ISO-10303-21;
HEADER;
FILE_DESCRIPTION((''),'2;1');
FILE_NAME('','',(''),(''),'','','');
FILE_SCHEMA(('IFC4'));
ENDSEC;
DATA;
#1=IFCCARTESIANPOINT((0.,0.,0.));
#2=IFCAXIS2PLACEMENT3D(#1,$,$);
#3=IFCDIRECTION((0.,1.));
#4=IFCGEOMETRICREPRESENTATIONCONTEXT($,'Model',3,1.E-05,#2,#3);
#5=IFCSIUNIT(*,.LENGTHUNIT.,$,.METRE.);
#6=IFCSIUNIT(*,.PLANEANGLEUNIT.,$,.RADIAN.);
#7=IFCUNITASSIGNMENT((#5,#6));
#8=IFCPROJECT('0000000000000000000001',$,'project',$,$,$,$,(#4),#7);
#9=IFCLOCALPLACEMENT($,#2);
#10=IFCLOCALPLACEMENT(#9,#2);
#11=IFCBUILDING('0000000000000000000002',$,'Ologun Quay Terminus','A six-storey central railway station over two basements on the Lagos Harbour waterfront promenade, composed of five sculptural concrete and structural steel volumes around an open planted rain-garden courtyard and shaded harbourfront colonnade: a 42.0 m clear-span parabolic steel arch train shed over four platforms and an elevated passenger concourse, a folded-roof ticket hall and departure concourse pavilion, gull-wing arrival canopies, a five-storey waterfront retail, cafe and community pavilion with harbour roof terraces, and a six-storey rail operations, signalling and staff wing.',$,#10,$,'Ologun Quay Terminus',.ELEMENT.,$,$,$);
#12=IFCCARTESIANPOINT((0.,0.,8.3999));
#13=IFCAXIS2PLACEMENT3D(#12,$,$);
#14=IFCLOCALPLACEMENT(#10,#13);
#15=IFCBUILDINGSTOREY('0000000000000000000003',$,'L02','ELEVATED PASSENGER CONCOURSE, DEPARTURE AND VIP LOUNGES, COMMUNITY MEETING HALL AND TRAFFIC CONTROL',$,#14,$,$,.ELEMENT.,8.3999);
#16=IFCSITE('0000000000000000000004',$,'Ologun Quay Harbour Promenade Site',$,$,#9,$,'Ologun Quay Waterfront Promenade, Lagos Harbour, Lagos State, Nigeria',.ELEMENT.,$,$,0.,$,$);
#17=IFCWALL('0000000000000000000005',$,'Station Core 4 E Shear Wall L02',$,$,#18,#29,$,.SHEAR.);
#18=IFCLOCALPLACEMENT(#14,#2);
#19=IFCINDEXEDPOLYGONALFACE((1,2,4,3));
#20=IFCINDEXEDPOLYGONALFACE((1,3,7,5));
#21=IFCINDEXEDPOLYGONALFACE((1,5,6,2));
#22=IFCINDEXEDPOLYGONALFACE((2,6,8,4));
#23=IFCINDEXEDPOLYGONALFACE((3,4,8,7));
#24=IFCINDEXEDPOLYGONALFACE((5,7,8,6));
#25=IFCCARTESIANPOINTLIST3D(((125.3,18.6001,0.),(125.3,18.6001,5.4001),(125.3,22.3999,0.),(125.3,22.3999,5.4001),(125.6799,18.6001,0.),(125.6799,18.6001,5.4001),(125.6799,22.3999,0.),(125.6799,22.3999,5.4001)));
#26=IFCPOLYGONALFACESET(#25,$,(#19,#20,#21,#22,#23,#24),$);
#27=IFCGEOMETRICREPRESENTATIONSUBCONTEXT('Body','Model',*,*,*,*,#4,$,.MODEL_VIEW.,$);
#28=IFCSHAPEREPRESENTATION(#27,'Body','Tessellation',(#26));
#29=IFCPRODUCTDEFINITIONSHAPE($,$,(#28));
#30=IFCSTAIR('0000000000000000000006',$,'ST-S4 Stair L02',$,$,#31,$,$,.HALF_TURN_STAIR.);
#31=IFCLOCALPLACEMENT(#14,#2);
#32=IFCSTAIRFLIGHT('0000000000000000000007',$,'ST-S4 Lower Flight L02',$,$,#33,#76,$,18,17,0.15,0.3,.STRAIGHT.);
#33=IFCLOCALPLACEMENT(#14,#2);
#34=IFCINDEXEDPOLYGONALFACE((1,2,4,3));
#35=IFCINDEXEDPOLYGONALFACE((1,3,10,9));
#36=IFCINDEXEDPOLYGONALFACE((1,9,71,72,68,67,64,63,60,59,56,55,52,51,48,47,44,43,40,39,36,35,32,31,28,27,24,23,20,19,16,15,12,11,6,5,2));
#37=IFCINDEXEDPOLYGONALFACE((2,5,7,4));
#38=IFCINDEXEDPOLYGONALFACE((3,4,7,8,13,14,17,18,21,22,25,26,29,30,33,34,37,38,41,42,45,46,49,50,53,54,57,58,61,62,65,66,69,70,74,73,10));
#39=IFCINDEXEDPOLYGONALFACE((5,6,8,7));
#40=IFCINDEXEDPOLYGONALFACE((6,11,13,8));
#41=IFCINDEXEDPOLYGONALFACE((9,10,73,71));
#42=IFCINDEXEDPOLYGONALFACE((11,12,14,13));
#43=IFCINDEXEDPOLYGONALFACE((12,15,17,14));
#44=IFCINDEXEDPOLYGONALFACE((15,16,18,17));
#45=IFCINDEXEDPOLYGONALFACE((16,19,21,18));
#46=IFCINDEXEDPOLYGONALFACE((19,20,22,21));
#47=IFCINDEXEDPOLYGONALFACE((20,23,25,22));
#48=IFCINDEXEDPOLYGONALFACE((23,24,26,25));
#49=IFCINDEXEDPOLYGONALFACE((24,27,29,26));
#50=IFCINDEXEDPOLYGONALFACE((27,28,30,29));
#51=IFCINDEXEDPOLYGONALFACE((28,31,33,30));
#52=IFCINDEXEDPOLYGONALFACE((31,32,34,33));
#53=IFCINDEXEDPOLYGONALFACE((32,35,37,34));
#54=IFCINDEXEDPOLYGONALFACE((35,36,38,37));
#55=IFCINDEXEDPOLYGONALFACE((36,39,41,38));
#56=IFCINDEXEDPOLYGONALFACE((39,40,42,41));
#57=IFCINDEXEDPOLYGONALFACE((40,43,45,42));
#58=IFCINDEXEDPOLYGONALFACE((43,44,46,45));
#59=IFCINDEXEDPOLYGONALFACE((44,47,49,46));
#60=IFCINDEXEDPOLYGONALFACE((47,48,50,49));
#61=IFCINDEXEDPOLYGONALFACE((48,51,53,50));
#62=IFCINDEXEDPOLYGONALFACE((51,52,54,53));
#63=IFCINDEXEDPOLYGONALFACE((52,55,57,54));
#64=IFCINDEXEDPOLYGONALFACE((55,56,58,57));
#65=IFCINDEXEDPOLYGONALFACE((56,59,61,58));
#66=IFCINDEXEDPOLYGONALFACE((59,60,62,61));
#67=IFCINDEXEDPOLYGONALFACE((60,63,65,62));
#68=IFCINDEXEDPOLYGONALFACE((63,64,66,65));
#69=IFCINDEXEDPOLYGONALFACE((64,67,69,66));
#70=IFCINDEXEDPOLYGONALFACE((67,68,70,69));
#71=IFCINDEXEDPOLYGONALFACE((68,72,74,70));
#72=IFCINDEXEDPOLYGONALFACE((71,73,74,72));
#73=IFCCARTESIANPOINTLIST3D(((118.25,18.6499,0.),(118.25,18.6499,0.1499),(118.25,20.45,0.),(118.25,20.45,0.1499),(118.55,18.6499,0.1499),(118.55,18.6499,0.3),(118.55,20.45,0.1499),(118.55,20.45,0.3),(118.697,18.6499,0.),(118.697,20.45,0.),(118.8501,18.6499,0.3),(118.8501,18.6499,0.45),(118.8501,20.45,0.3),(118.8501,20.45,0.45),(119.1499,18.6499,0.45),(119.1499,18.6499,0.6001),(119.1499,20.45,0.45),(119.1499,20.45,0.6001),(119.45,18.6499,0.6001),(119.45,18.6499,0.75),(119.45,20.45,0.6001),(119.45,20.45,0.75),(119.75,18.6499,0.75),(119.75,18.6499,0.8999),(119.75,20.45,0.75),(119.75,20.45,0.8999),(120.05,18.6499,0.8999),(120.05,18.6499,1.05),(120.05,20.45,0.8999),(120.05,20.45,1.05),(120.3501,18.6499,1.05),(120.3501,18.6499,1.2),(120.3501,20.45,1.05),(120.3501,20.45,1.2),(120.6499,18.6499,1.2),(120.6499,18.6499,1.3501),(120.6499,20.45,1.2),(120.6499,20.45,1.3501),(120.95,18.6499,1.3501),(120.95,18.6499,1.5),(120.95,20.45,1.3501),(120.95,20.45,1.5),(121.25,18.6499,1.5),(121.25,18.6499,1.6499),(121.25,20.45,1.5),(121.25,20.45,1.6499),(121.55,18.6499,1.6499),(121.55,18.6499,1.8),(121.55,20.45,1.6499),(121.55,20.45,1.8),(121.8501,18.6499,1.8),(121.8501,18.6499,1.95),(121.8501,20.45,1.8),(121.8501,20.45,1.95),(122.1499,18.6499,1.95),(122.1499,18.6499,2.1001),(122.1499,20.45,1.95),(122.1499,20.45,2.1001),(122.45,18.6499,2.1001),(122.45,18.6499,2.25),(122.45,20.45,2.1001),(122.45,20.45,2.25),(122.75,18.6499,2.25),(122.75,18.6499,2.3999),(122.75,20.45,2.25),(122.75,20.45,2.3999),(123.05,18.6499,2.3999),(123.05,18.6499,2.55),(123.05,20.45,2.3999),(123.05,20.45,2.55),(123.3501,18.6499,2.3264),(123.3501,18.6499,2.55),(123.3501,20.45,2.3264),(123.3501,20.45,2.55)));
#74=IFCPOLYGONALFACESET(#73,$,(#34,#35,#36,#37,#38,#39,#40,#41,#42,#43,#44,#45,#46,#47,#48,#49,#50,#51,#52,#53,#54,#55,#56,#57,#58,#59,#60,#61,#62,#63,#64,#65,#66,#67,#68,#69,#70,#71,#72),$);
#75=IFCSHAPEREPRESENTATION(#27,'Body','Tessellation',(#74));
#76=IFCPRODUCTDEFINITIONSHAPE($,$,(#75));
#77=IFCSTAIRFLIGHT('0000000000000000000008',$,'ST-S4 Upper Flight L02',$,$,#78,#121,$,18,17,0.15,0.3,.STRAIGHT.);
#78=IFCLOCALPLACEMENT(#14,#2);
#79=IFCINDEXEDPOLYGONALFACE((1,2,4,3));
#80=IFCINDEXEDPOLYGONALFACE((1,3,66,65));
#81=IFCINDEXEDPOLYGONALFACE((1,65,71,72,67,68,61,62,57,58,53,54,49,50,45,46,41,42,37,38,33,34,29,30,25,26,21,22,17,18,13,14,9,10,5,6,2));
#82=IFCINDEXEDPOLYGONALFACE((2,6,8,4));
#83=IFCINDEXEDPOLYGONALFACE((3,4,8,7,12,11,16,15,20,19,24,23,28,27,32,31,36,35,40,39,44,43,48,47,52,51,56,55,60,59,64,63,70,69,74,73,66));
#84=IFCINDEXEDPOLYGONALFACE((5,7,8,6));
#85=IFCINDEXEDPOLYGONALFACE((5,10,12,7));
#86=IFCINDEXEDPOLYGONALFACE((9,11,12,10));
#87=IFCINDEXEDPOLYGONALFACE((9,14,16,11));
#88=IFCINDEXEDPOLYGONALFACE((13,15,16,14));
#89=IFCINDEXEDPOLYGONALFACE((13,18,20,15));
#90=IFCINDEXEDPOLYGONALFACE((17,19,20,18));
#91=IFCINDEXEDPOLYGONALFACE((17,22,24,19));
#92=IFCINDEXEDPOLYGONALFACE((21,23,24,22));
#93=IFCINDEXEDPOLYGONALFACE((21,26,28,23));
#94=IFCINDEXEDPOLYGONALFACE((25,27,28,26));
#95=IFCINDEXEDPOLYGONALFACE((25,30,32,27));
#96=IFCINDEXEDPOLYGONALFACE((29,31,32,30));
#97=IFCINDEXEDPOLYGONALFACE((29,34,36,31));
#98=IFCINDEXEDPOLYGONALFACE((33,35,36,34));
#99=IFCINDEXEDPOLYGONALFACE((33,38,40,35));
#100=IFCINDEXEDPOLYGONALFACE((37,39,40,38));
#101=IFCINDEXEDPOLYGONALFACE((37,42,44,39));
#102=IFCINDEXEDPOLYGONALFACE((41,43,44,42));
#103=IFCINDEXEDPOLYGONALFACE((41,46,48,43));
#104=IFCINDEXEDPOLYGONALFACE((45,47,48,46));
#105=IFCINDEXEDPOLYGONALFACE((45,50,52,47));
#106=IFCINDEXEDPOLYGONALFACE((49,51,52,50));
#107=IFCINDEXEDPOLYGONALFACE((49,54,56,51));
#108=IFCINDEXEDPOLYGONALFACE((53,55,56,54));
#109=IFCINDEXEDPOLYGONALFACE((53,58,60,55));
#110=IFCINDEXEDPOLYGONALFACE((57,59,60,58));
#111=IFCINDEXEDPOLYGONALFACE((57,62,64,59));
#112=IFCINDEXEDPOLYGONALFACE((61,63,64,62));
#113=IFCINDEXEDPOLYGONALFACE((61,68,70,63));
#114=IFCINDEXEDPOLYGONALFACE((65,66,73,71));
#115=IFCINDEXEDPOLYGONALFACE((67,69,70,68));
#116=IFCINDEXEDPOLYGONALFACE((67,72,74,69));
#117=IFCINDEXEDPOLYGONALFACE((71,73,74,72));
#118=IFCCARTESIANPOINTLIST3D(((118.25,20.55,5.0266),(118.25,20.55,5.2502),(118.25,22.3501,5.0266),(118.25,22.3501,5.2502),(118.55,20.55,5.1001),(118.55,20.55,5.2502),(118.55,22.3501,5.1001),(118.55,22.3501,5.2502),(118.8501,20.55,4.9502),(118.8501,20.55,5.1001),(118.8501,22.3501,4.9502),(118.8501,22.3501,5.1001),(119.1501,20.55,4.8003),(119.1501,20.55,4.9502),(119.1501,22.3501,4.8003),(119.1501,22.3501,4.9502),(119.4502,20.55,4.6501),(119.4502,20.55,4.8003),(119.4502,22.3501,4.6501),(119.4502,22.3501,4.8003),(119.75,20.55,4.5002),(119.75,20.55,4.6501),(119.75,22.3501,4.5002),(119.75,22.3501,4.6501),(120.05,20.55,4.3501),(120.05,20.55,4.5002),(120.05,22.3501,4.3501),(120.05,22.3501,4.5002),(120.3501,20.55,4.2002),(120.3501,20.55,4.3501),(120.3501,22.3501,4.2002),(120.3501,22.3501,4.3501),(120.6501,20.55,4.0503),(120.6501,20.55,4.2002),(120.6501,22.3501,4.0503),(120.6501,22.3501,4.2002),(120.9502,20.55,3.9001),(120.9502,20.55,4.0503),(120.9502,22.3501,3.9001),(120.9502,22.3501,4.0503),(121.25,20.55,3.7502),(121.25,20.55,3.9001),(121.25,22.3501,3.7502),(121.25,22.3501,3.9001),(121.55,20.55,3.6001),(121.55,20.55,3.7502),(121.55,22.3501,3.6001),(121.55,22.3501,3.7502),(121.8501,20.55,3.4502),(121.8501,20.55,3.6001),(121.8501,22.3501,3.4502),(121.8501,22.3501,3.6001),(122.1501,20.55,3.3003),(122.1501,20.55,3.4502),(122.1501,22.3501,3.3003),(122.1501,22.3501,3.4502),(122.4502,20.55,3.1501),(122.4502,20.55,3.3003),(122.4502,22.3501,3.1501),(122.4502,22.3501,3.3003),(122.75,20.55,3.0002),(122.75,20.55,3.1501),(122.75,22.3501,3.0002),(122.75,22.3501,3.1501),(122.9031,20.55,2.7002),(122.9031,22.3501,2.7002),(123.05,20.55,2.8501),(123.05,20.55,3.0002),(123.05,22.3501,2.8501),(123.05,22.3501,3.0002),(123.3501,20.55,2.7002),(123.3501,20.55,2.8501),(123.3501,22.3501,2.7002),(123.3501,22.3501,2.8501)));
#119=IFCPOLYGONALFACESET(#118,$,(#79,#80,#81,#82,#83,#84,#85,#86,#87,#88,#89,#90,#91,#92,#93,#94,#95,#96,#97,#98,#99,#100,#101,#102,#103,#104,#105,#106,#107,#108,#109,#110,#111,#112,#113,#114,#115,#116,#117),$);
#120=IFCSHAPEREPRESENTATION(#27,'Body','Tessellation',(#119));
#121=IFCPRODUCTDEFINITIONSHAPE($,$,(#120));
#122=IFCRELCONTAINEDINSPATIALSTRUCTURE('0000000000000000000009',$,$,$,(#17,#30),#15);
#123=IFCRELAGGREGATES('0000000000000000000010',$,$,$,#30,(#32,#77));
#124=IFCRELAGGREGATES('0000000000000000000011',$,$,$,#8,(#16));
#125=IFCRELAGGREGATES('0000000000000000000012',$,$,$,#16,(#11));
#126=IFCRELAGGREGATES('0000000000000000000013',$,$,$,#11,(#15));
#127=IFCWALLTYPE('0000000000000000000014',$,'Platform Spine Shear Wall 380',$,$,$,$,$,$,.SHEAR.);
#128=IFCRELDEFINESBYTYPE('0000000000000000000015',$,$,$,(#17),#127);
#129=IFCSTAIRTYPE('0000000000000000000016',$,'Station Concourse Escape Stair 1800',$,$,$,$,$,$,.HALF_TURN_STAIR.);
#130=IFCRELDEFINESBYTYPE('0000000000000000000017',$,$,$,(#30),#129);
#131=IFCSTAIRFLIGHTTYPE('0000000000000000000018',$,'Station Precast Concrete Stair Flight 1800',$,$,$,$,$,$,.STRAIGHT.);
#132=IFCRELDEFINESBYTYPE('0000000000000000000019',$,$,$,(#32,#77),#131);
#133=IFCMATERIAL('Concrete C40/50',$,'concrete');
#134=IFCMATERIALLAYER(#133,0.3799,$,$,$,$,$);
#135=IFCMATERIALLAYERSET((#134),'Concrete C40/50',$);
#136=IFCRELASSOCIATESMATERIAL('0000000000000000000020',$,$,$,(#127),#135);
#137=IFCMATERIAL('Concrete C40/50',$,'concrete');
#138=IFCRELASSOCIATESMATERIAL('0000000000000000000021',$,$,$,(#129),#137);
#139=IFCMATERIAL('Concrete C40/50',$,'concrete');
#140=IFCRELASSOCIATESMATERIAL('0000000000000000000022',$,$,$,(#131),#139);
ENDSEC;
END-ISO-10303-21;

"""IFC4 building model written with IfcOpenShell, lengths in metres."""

from ifc_helpers import new_model, si_unit, direction, frame, frame_2d, origin, place, context, subcontext, project, spatial, polyline, rectangle, outline, extrude, material, layer, layer_set, type_object, element, aggregate, save


model = new_model("IFC4")

# Units and contexts
model_context = context("Model", 3, precision=1e-05, world=origin(), true_north=direction((0.0, 1.0)))
body_context = subcontext(model_context, "Body", "Model", "MODEL_VIEW")
ifc_project = project(units=[si_unit("LENGTHUNIT", "METRE"), si_unit("PLANEANGLEUNIT", "RADIAN")], contexts=[model_context])

# Site, building, storey
site_placement = place(None, origin())
site = spatial("IfcSite", under=ifc_project, at=site_placement, Name="Ologun Quay Harbour Promenade Site", LongName="Ologun Quay Waterfront Promenade, Lagos Harbour, Lagos State, Nigeria", CompositionType="ELEMENT", RefElevation=0.0)
building_placement = place(site_placement, origin())
building = spatial("IfcBuilding", under=site, at=building_placement, Name="Ologun Quay Terminus", Description="A six-storey central railway station over two basements on the Lagos Harbour waterfront promenade, composed of five sculptural concrete and structural steel volumes around an open planted rain-garden courtyard and shaded harbourfront colonnade: a 42.0 m clear-span parabolic steel arch train shed over four platforms and an elevated passenger concourse, a folded-roof ticket hall and departure concourse pavilion, gull-wing arrival canopies, a five-storey waterfront retail, cafe and community pavilion with harbour roof terraces, and a six-storey rail operations, signalling and staff wing.", LongName="Ologun Quay Terminus", CompositionType="ELEMENT")
storey_placement = place(building_placement, frame((0.0, 0.0, 8.3999)))
storey = spatial("IfcBuildingStorey", under=building, at=storey_placement, Name="L02", Description="ELEVATED PASSENGER CONCOURSE, DEPARTURE AND VIP LOUNGES, COMMUNITY MEETING HALL AND TRAFFIC CONTROL", CompositionType="ELEMENT", Elevation=8.3999)

# Shared definitions
ifc_material_1 = material(Name="Concrete C40/50", Category="concrete")
ifc_layer_1 = layer(ifc_material_1, 0.3799)
ifc_layer_set_1 = layer_set([ifc_layer_1], Name="Concrete C40/50")
wall_type_1 = type_object("IfcWallType", Name="Platform Spine Shear Wall 380", PredefinedType="SHEAR", material=ifc_layer_set_1)

# Wall
wall_1_placement = place(storey_placement, frame((125.49, 18.6001, 0.0), z_axis=(0.0, 0.0, 1.0), x_axis=(0.0, 1.0, 0.0)))
element("IfcWall", 1, at=wall_1_placement, inside=storey, type_object=wall_type_1, Name="Station Core 4 E Shear Wall L02", PredefinedType="SHEAR", context=body_context, shape_type="SweptSolid", body=[
    extrude(rectangle(XDim=3.7998, YDim=0.3799, at=frame_2d((1.8999, 0.0))), origin(), (0.0, 0.0, 1.0), 5.4001),
])

# Stair, stair flights
ifc_material_2 = material(Name="Concrete C40/50", Category="concrete")
stair_type = type_object("IfcStairType", Name="Station Concourse Escape Stair 1800", PredefinedType="HALF_TURN_STAIR", material=ifc_material_2)
stair_placement = place(storey_placement, origin())
stair = element("IfcStair", 2, at=stair_placement, inside=storey, type_object=stair_type, Name="ST-S4 Stair L02", PredefinedType="HALF_TURN_STAIR")
ifc_material_3 = material(Name="Concrete C40/50", Category="concrete")
stair_flight_type = type_object("IfcStairFlightType", Name="Station Precast Concrete Stair Flight 1800", PredefinedType="STRAIGHT", material=ifc_material_3)
stair_flight_1_placement = place(storey_placement, frame((118.25, 19.55, 0.0), z_axis=(0.0, 0.0, 1.0), x_axis=(1.0, 0.0, 0.0)))
stair_flight_1 = element("IfcStairFlight", 3, at=stair_flight_1_placement, type_object=stair_flight_type, Name="ST-S4 Lower Flight L02", NumberOfRisers=18, NumberOfTreads=17, PredefinedType="STRAIGHT", RiserHeight=0.15, TreadLength=0.3, context=body_context, shape_type="SweptSolid", body=[
    extrude(outline(polyline([(0.0, 0.0), (0.0, 0.1499), (0.3, 0.1499), (0.3, 0.3), (0.6001, 0.3), (0.6001, 0.45), (0.8999, 0.45), (0.8999, 0.6001), (1.2, 0.6001), (1.2, 0.75), (1.5, 0.75), (1.5, 0.8999), (1.8, 0.8999), (1.8, 1.05), (2.1001, 1.05), (2.1001, 1.2), (2.3999, 1.2), (2.3999, 1.3501), (2.7, 1.3501), (2.7, 1.5), (3.0, 1.5), (3.0, 1.6499), (3.3, 1.6499), (3.3, 1.8), (3.6001, 1.8), (3.6001, 1.95), (3.8999, 1.95), (3.8999, 2.1001), (4.2, 2.1001), (4.2, 2.25), (4.5, 2.25), (4.5, 2.3999), (4.8, 2.3999), (4.8, 2.55), (5.1001, 2.55), (5.1001, 2.7), (5.1001, 2.3264), (0.447, 0.0), (0.0, 0.0)])), frame((0.0, 0.8999, 0.0), z_axis=(0.0, -1.0, 0.0), x_axis=(1.0, 0.0, 0.0)), (0.0, 0.0, 1.0), 1.8),
])
stair_flight_2_placement = place(storey_placement, frame((123.3501, 21.45, 2.7002), z_axis=(0.0, 0.0, 1.0), x_axis=(-1.0, 0.0, 0.0)))
stair_flight_2 = element("IfcStairFlight", 4, at=stair_flight_2_placement, type_object=stair_flight_type, Name="ST-S4 Upper Flight L02", NumberOfRisers=18, NumberOfTreads=17, PredefinedType="STRAIGHT", RiserHeight=0.15, TreadLength=0.3, context=body_context, shape_type="SweptSolid", body=[
    extrude(outline(polyline([(0.0, 0.0), (0.0, 0.1499), (0.3, 0.1499), (0.3, 0.3), (0.6001, 0.3), (0.6001, 0.45), (0.8999, 0.45), (0.8999, 0.6001), (1.2, 0.6001), (1.2, 0.75), (1.5, 0.75), (1.5, 0.8999), (1.8, 0.8999), (1.8, 1.05), (2.1001, 1.05), (2.1001, 1.2), (2.3999, 1.2), (2.3999, 1.3501), (2.7, 1.3501), (2.7, 1.5), (3.0, 1.5), (3.0, 1.6499), (3.3, 1.6499), (3.3, 1.8), (3.6001, 1.8), (3.6001, 1.95), (3.8999, 1.95), (3.8999, 2.1001), (4.2, 2.1001), (4.2, 2.25), (4.5, 2.25), (4.5, 2.3999), (4.8, 2.3999), (4.8, 2.55), (5.1001, 2.55), (5.1001, 2.7), (5.1001, 2.3264), (0.447, 0.0), (0.0, 0.0)])), frame((0.0, 0.8999, 0.0), z_axis=(0.0, -1.0, 0.0), x_axis=(1.0, 0.0, 0.0)), (0.0, 0.0, 1.0), 1.8),
])
aggregate(stair, [stair_flight_1, stair_flight_2])

save(model, "model.ifc")
